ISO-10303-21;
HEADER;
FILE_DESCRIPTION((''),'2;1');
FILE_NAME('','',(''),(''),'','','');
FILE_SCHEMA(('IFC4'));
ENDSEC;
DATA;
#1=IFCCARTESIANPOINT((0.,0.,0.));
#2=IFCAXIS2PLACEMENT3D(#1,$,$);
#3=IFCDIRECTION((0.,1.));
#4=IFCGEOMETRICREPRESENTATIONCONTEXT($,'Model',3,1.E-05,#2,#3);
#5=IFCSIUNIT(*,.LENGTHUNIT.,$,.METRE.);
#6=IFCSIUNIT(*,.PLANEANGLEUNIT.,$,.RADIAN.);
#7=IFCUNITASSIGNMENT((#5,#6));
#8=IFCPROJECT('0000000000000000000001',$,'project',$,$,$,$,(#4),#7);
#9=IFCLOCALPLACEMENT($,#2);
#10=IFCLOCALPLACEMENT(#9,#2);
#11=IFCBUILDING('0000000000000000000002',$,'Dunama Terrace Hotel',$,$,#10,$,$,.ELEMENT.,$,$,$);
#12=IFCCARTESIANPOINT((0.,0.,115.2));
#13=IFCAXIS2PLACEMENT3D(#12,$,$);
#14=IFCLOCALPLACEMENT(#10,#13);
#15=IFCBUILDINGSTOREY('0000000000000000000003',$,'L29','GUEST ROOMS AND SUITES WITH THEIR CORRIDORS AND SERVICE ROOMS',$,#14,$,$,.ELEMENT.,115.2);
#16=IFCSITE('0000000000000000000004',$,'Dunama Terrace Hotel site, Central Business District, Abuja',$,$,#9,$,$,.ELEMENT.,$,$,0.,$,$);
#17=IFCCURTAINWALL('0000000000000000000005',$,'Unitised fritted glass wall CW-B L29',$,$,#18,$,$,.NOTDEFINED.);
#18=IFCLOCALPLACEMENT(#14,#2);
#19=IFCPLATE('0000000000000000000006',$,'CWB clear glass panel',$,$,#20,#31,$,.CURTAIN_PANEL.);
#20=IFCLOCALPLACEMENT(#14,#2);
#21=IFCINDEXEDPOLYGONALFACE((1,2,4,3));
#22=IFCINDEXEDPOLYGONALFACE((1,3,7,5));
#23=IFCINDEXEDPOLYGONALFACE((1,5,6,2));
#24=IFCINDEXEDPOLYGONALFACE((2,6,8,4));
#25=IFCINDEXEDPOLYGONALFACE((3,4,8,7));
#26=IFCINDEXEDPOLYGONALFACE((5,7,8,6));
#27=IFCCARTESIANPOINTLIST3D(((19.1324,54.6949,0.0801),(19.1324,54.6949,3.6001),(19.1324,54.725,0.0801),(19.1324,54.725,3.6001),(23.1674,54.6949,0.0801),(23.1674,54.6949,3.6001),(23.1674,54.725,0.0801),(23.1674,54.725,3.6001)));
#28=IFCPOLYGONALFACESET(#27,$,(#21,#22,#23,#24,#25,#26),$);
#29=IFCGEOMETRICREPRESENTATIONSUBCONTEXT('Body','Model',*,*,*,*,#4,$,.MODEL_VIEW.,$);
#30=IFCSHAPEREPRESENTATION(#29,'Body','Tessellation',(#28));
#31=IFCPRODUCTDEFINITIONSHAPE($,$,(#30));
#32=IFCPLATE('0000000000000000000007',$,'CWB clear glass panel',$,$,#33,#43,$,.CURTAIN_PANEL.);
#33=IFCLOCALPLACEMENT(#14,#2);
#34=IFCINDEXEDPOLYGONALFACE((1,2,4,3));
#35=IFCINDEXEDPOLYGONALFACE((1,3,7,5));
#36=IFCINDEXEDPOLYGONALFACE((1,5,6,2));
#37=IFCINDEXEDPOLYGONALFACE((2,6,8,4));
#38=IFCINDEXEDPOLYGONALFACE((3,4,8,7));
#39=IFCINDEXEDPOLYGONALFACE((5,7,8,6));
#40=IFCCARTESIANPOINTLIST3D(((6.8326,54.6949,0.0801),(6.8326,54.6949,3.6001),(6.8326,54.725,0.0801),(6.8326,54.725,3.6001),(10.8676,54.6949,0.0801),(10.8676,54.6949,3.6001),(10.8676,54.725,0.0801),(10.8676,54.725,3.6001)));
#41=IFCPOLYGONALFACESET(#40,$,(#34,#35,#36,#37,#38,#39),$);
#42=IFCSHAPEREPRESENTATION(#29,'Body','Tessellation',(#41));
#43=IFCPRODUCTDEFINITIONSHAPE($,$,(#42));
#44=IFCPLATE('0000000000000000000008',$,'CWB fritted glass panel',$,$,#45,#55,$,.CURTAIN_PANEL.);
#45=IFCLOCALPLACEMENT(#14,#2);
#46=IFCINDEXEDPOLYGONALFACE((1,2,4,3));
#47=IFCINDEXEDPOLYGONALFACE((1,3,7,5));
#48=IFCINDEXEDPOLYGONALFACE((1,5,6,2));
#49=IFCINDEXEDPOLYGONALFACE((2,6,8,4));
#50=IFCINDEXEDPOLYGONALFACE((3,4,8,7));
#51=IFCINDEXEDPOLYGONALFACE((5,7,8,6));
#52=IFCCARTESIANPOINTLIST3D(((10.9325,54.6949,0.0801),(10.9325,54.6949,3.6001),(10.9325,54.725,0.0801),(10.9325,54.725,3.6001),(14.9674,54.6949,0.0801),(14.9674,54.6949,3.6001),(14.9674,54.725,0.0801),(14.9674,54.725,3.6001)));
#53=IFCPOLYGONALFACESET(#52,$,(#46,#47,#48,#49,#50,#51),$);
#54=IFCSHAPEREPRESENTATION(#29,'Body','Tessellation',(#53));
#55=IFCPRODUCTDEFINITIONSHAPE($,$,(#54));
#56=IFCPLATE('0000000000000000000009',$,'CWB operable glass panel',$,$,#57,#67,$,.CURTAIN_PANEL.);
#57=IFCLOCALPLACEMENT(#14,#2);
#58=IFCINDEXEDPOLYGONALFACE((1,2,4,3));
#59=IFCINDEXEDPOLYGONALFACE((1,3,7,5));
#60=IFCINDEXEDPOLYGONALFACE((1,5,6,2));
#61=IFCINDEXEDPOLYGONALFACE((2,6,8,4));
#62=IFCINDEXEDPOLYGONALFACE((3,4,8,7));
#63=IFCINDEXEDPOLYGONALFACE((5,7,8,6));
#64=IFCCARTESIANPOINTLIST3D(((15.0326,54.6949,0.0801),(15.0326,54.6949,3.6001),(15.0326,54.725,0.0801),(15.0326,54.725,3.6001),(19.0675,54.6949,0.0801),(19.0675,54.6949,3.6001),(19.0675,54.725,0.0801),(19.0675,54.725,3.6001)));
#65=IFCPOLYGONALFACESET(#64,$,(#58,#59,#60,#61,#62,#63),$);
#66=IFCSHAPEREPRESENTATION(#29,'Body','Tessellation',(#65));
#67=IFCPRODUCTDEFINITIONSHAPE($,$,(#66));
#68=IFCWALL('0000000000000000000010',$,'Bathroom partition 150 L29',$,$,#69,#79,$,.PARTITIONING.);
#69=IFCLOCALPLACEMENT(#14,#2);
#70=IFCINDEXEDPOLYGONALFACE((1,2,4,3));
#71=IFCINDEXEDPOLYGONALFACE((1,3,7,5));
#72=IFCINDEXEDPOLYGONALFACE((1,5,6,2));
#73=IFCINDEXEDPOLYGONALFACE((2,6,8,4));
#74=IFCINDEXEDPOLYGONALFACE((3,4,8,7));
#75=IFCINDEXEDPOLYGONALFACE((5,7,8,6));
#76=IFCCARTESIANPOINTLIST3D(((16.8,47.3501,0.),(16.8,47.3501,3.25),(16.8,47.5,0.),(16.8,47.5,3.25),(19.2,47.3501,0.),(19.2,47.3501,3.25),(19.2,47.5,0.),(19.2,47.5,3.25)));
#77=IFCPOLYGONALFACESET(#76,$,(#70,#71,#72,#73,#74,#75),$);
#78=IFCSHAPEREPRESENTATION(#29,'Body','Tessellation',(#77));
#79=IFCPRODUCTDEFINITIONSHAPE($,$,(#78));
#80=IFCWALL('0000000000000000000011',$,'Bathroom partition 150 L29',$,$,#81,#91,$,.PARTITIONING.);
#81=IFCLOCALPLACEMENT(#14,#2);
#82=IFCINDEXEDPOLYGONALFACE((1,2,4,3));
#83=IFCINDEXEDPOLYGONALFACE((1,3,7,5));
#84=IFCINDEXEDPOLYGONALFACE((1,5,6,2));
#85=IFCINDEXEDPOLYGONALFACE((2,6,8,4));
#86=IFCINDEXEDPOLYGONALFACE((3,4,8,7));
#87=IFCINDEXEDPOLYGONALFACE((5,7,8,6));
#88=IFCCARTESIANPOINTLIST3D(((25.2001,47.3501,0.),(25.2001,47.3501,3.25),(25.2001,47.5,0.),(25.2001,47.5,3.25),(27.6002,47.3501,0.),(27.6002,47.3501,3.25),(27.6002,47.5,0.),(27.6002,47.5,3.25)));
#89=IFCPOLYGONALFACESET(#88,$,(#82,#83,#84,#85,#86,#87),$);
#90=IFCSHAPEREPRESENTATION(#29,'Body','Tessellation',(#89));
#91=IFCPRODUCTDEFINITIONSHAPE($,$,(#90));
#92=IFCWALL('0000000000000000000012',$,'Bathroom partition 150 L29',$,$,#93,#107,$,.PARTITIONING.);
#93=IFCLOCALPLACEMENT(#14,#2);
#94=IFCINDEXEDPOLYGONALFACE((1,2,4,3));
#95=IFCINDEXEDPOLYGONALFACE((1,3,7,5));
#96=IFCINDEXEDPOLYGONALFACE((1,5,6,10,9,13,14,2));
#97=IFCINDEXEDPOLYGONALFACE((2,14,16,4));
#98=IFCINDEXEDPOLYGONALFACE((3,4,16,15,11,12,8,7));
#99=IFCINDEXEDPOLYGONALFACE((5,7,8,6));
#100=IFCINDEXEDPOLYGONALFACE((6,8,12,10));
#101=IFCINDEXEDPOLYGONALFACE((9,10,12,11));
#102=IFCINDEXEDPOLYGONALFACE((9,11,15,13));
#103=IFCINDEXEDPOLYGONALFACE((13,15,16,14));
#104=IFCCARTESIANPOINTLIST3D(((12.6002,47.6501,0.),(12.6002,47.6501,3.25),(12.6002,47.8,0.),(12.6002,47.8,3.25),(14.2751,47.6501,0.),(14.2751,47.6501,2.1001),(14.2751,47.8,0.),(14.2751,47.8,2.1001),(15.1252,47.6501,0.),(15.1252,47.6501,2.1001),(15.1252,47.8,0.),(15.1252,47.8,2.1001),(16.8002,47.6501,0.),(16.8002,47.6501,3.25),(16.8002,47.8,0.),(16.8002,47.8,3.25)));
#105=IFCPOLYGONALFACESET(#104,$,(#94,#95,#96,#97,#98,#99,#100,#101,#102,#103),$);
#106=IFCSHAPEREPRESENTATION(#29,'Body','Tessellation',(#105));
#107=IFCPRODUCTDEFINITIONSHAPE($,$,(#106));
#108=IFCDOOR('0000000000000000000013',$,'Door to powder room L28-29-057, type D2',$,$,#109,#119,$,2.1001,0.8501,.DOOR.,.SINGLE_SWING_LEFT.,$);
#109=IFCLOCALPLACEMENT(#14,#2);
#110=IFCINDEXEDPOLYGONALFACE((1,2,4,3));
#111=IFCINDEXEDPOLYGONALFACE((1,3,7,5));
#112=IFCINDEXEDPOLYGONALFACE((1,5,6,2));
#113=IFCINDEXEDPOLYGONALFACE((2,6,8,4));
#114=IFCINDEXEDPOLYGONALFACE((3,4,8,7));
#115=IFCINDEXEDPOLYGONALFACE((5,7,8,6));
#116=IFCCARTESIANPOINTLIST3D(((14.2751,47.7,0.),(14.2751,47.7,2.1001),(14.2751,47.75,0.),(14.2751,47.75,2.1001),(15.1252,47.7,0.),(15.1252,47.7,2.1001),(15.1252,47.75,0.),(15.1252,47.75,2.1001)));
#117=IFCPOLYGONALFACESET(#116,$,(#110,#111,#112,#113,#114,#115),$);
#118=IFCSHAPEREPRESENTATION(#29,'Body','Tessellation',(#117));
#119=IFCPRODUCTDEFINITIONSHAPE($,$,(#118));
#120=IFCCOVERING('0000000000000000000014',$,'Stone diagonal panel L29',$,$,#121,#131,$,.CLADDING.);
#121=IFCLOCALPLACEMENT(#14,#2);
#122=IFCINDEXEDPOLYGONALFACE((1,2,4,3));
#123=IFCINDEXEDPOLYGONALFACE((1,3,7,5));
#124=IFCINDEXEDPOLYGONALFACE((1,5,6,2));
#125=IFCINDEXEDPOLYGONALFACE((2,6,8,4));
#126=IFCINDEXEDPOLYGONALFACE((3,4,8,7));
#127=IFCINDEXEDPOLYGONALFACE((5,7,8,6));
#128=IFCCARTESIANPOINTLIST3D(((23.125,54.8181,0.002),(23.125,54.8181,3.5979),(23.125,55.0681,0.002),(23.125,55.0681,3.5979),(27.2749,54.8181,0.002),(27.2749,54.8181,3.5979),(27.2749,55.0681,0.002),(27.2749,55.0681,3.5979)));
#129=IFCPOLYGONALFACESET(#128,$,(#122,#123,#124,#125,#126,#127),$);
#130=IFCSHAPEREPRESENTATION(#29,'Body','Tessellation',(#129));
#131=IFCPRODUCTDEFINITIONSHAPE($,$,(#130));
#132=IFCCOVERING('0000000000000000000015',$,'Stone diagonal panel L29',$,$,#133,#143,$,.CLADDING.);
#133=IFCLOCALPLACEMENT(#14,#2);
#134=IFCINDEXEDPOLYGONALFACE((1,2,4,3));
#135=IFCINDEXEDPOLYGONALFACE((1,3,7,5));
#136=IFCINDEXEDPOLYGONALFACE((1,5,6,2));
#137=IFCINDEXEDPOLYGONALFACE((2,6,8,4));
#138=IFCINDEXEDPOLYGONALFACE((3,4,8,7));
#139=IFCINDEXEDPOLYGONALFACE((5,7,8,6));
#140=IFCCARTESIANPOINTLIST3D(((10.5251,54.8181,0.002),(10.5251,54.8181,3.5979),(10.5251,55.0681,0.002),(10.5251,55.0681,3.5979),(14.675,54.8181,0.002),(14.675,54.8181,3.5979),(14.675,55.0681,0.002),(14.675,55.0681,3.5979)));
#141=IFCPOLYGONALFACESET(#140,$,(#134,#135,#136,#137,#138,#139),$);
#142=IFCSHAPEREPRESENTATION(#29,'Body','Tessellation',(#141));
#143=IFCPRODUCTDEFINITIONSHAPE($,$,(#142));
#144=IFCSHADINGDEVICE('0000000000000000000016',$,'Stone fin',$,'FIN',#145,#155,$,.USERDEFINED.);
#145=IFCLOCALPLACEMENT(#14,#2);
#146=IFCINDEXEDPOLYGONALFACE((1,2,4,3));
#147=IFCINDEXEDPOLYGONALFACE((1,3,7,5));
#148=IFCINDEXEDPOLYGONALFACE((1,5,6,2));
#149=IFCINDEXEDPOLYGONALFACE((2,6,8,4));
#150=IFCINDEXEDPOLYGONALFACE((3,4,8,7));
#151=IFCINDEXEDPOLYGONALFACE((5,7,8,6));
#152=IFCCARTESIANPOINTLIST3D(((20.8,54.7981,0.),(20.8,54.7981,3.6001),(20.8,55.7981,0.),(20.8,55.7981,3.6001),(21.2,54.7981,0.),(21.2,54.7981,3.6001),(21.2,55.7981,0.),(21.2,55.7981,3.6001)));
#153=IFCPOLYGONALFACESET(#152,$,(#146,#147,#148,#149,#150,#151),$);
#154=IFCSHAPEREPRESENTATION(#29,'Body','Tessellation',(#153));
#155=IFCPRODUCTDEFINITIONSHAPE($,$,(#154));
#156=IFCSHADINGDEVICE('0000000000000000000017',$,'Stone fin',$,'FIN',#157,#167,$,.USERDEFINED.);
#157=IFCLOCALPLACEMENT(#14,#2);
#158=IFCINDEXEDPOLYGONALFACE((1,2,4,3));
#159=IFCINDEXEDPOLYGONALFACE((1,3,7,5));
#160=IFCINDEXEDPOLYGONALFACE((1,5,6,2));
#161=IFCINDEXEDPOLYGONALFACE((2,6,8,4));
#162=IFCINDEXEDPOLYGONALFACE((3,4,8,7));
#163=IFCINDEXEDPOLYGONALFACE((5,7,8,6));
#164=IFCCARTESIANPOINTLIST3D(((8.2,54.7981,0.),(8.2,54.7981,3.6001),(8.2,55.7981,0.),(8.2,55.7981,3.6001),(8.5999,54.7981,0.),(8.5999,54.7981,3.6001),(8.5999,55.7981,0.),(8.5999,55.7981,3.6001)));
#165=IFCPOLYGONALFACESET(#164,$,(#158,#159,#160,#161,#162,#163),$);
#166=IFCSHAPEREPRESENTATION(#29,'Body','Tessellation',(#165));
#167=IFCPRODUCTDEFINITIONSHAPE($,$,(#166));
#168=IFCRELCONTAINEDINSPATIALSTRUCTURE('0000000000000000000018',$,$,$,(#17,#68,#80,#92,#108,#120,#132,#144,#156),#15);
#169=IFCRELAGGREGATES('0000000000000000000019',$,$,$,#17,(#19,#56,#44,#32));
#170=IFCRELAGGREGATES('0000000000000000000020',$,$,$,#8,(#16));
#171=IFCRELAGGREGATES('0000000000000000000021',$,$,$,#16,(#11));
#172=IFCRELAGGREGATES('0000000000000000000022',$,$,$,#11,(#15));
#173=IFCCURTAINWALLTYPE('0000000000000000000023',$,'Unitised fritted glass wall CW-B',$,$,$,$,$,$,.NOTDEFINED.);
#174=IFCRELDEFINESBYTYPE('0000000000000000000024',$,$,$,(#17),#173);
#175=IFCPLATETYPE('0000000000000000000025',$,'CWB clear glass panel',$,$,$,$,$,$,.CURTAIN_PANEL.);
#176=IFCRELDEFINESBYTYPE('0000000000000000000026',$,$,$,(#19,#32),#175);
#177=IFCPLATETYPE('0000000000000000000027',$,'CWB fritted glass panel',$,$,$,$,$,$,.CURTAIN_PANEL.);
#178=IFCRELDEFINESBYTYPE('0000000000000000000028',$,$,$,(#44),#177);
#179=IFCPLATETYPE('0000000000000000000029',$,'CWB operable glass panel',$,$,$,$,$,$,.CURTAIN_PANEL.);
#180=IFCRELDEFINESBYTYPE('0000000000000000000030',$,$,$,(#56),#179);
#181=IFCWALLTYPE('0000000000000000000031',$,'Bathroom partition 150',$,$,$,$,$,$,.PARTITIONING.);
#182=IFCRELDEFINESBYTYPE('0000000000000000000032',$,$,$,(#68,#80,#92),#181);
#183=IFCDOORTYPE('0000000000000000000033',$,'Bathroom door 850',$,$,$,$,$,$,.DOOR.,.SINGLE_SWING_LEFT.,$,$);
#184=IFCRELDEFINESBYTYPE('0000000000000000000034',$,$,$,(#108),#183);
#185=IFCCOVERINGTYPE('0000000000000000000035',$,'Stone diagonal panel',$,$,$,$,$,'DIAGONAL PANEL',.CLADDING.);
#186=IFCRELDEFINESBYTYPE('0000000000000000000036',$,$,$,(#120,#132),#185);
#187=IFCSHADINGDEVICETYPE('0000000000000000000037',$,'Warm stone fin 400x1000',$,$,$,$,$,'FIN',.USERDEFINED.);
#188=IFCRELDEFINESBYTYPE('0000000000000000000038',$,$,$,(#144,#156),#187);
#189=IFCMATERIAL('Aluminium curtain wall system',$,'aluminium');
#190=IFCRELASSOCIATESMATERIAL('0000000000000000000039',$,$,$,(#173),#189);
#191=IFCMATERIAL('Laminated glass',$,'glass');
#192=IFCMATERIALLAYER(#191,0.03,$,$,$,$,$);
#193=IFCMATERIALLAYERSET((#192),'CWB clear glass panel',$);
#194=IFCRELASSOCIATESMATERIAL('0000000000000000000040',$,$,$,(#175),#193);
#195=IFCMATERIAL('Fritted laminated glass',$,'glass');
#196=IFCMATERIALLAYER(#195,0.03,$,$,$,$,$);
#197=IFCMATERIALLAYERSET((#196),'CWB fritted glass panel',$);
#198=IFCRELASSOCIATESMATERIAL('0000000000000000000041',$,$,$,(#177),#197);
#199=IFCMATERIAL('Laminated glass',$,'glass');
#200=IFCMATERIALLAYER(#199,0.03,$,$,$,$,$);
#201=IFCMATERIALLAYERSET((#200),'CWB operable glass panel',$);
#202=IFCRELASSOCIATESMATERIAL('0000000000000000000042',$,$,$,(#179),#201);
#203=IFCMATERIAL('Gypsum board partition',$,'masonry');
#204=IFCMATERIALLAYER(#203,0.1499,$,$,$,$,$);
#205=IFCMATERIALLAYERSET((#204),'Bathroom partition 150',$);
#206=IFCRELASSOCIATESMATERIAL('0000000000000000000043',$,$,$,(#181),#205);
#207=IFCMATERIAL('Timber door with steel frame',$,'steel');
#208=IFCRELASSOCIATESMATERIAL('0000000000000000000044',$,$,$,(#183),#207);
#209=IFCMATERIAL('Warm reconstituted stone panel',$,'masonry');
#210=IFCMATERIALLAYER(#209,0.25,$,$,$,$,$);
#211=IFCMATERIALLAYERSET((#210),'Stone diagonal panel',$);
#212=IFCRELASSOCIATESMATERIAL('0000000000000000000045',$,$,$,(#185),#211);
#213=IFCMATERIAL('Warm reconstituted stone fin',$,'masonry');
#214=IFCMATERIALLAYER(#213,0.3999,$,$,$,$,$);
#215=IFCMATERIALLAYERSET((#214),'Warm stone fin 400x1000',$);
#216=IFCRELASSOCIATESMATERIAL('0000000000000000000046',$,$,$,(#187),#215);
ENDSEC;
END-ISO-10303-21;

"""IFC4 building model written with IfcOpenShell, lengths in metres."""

from ifc_helpers import new_model, si_unit, direction, frame, frame_2d, origin, origin_2d, place, context, subcontext, project, spatial, rectangle, extrude, material, layer, layer_set, type_object, element, fill, aggregate, save


model = new_model("IFC4")

# Units and contexts
model_context = context("Model", 3, precision=1e-05, world=origin(), true_north=direction((0.0, 1.0)))
body_context = subcontext(model_context, "Body", "Model", "MODEL_VIEW")
ifc_project = project(units=[si_unit("LENGTHUNIT", "METRE"), si_unit("PLANEANGLEUNIT", "RADIAN")], contexts=[model_context])

# Site, building, storey
site_placement = place(None, origin())
site = spatial("IfcSite", under=ifc_project, at=site_placement, Name="Dunama Terrace Hotel site, Central Business District, Abuja", CompositionType="ELEMENT", RefElevation=0.0)
building_placement = place(site_placement, origin())
building = spatial("IfcBuilding", under=site, at=building_placement, Name="Dunama Terrace Hotel", CompositionType="ELEMENT")
storey_placement = place(building_placement, frame((0.0, 0.0, 115.2)))
storey = spatial("IfcBuildingStorey", under=building, at=storey_placement, Name="L29", Description="GUEST ROOMS AND SUITES WITH THEIR CORRIDORS AND SERVICE ROOMS", CompositionType="ELEMENT", Elevation=115.2)

# Curtain wall
ifc_material_1 = material(Name="Aluminium curtain wall system", Category="aluminium")
curtain_wall_type = type_object("IfcCurtainWallType", Name="Unitised fritted glass wall CW-B", PredefinedType="NOTDEFINED", material=ifc_material_1)
curtain_wall_placement = place(storey_placement, origin())
curtain_wall = element("IfcCurtainWall", 1, at=curtain_wall_placement, inside=storey, type_object=curtain_wall_type, Name="Unitised fritted glass wall CW-B L29", PredefinedType="NOTDEFINED")

# Plates
ifc_material_2 = material(Name="Laminated glass", Category="glass")
ifc_layer_1 = layer(ifc_material_2, 0.03)
ifc_layer_set_1 = layer_set([ifc_layer_1], Name="CWB clear glass panel")
plate_type_1 = type_object("IfcPlateType", Name="CWB clear glass panel", PredefinedType="CURTAIN_PANEL", material=ifc_layer_set_1)
plate_1_placement = place(storey_placement, frame((21.1499, 54.71, 0.0801), z_axis=(0.0, 0.0, 1.0), x_axis=(-1.0, 0.0, 0.0)))
plate_1 = element("IfcPlate", 2, at=plate_1_placement, type_object=plate_type_1, Name="CWB clear glass panel", PredefinedType="CURTAIN_PANEL", context=body_context, shape_type="SweptSolid", body=[
    extrude(rectangle(XDim=4.0349, YDim=0.03, at=origin_2d()), origin(), (0.0, 0.0, 1.0), 3.52),
])
plate_2_placement = place(storey_placement, frame((8.8501, 54.71, 0.0801), z_axis=(0.0, 0.0, 1.0), x_axis=(-1.0, 0.0, 0.0)))
plate_2 = element("IfcPlate", 3, at=plate_2_placement, type_object=plate_type_1, Name="CWB clear glass panel", PredefinedType="CURTAIN_PANEL", context=body_context, shape_type="SweptSolid", body=[
    extrude(rectangle(XDim=4.0349, YDim=0.03, at=origin_2d()), origin(), (0.0, 0.0, 1.0), 3.52),
])
ifc_material_3 = material(Name="Fritted laminated glass", Category="glass")
ifc_layer_2 = layer(ifc_material_3, 0.03)
ifc_layer_set_2 = layer_set([ifc_layer_2], Name="CWB fritted glass panel")
plate_type_2 = type_object("IfcPlateType", Name="CWB fritted glass panel", PredefinedType="CURTAIN_PANEL", material=ifc_layer_set_2)
plate_3_placement = place(storey_placement, frame((12.95, 54.71, 0.0801), z_axis=(0.0, 0.0, 1.0), x_axis=(-1.0, 0.0, 0.0)))
plate_3 = element("IfcPlate", 4, at=plate_3_placement, type_object=plate_type_2, Name="CWB fritted glass panel", PredefinedType="CURTAIN_PANEL", context=body_context, shape_type="SweptSolid", body=[
    extrude(rectangle(XDim=4.0349, YDim=0.03, at=origin_2d()), origin(), (0.0, 0.0, 1.0), 3.52),
])
ifc_material_4 = material(Name="Laminated glass", Category="glass")
ifc_layer_3 = layer(ifc_material_4, 0.03)
ifc_layer_set_3 = layer_set([ifc_layer_3], Name="CWB operable glass panel")
plate_type_3 = type_object("IfcPlateType", Name="CWB operable glass panel", PredefinedType="CURTAIN_PANEL", material=ifc_layer_set_3)
plate_4_placement = place(storey_placement, frame((17.05, 54.71, 0.0801), z_axis=(0.0, 0.0, 1.0), x_axis=(-1.0, 0.0, 0.0)))
plate_4 = element("IfcPlate", 5, at=plate_4_placement, type_object=plate_type_3, Name="CWB operable glass panel", PredefinedType="CURTAIN_PANEL", context=body_context, shape_type="SweptSolid", body=[
    extrude(rectangle(XDim=4.0349, YDim=0.03, at=origin_2d()), origin(), (0.0, 0.0, 1.0), 3.52),
])
aggregate(curtain_wall, [plate_1, plate_4, plate_3, plate_2])

# Walls
ifc_material_5 = material(Name="Gypsum board partition", Category="masonry")
ifc_layer_4 = layer(ifc_material_5, 0.1499)
ifc_layer_set_4 = layer_set([ifc_layer_4], Name="Bathroom partition 150")
wall_type = type_object("IfcWallType", Name="Bathroom partition 150", PredefinedType="PARTITIONING", material=ifc_layer_set_4)
wall_1_placement = place(storey_placement, frame((16.8, 47.425, 0.0), z_axis=(0.0, 0.0, 1.0), x_axis=(1.0, 0.0, 0.0)))
element("IfcWall", 6, at=wall_1_placement, inside=storey, type_object=wall_type, Name="Bathroom partition 150 L29", PredefinedType="PARTITIONING", context=body_context, shape_type="SweptSolid", body=[
    extrude(rectangle(XDim=2.3999, YDim=0.1499, at=frame_2d((1.2, 0.0))), origin(), (0.0, 0.0, 1.0), 3.25),
])
wall_2_placement = place(storey_placement, frame((25.2, 47.425, 0.0), z_axis=(0.0, 0.0, 1.0), x_axis=(1.0, 0.0, 0.0)))
element("IfcWall", 7, at=wall_2_placement, inside=storey, type_object=wall_type, Name="Bathroom partition 150 L29", PredefinedType="PARTITIONING", context=body_context, shape_type="SweptSolid", body=[
    extrude(rectangle(XDim=2.4001, YDim=0.1499, at=frame_2d((1.2002, 0.0))), origin(), (0.0, 0.0, 1.0), 3.25),
])

# Wall, opening, door
wall_3_placement = place(storey_placement, frame((12.6001, 47.7251, 0.0), z_axis=(0.0, 0.0, 1.0), x_axis=(1.0, 0.0, 0.0)))
wall_3 = element("IfcWall", 8, at=wall_3_placement, inside=storey, type_object=wall_type, Name="Bathroom partition 150 L29", PredefinedType="PARTITIONING", context=body_context, shape_type="SweptSolid", body=[
    extrude(rectangle(XDim=4.2, YDim=0.1499, at=frame_2d((2.1001, 0.0))), origin(), (0.0, 0.0, 1.0), 3.25),
])
opening_placement = place(wall_3_placement, frame((1.675, 0.0, 0.0)))
opening = element("IfcOpeningElement", 9, at=opening_placement, cuts=wall_3, PredefinedType="OPENING", context=body_context, shape_type="SweptSolid", body=[
    extrude(rectangle(XDim=0.8501, YDim=2.1001, at=frame_2d((0.425, 1.05))), frame((0.0, 0.085, 0.0), z_axis=(0.0, -1.0, 0.0), x_axis=(1.0, 0.0, 0.0)), (0.0, 0.0, 1.0), 0.1699),
])
ifc_material_6 = material(Name="Timber door with steel frame", Category="steel")
door_type = type_object("IfcDoorType", Name="Bathroom door 850", OperationType="SINGLE_SWING_LEFT", PredefinedType="DOOR", material=ifc_material_6)
door_placement = place(opening_placement, frame((0.8501, 0.0, 0.0), z_axis=(0.0, 0.0, 1.0), x_axis=(-1.0, 0.0, 0.0)))
door = element("IfcDoor", 10, at=door_placement, inside=storey, type_object=door_type, Name="Door to powder room L28-29-057, type D2", OperationType="SINGLE_SWING_LEFT", OverallHeight=2.1001, OverallWidth=0.8501, PredefinedType="DOOR", context=body_context, shape_type="SweptSolid", body=[
    extrude(rectangle(XDim=0.8501, YDim=2.1001, at=frame_2d((0.425, 1.05))), frame((0.0, 0.0251, 0.0), z_axis=(0.0, -1.0, 0.0), x_axis=(1.0, 0.0, 0.0)), (0.0, 0.0, 1.0), 0.05),
])
fill(opening, door)

# Coverings
ifc_material_7 = material(Name="Warm reconstituted stone panel", Category="masonry")
ifc_layer_5 = layer(ifc_material_7, 0.25)
ifc_layer_set_5 = layer_set([ifc_layer_5], Name="Stone diagonal panel")
covering_type = type_object("IfcCoveringType", Name="Stone diagonal panel", ElementType="DIAGONAL PANEL", PredefinedType="CLADDING", material=ifc_layer_set_5)
for number, where, z_axis, x_axis, name in (
    (11, (25.2, 54.9431, 0.002), (0.0, 0.0, 1.0), (-1.0, 0.0, 0.0), "Stone diagonal panel L29"),
    (12, (12.6001, 54.9431, 0.002), (0.0, 0.0, 1.0), (-1.0, 0.0, 0.0), "Stone diagonal panel L29"),
):
    element("IfcCovering", number, at=place(storey_placement, frame(where, z_axis=z_axis, x_axis=x_axis)), inside=storey, type_object=covering_type, Name=name, PredefinedType="CLADDING", context=body_context, shape_type="SweptSolid", body=[
        extrude(rectangle(XDim=4.1499, YDim=0.25, at=origin_2d()), origin(), (0.0, 0.0, 1.0), 3.5959),
    ])

# Shading devices
ifc_material_8 = material(Name="Warm reconstituted stone fin", Category="masonry")
ifc_layer_6 = layer(ifc_material_8, 0.3999)
ifc_layer_set_6 = layer_set([ifc_layer_6], Name="Warm stone fin 400x1000")
shading_device_type = type_object("IfcShadingDeviceType", Name="Warm stone fin 400x1000", ElementType="FIN", PredefinedType="USERDEFINED", material=ifc_layer_set_6)
for number, where, z_axis, x_axis, name in (
    (13, (21.0, 55.2981, 0.0), (0.0, 0.0, 1.0), (-1.0, 0.0, 0.0), "Stone fin"),
    (14, (8.3999, 55.2981, 0.0), (0.0, 0.0, 1.0), (-1.0, 0.0, 0.0), "Stone fin"),
):
    element("IfcShadingDevice", number, at=place(storey_placement, frame(where, z_axis=z_axis, x_axis=x_axis)), inside=storey, type_object=shading_device_type, Name=name, ObjectType="FIN", PredefinedType="USERDEFINED", context=body_context, shape_type="SweptSolid", body=[
        extrude(rectangle(XDim=0.3999, YDim=1.0, at=origin_2d()), origin(), (0.0, 0.0, 1.0), 3.6001),
    ])

save(model, "model.ifc")
